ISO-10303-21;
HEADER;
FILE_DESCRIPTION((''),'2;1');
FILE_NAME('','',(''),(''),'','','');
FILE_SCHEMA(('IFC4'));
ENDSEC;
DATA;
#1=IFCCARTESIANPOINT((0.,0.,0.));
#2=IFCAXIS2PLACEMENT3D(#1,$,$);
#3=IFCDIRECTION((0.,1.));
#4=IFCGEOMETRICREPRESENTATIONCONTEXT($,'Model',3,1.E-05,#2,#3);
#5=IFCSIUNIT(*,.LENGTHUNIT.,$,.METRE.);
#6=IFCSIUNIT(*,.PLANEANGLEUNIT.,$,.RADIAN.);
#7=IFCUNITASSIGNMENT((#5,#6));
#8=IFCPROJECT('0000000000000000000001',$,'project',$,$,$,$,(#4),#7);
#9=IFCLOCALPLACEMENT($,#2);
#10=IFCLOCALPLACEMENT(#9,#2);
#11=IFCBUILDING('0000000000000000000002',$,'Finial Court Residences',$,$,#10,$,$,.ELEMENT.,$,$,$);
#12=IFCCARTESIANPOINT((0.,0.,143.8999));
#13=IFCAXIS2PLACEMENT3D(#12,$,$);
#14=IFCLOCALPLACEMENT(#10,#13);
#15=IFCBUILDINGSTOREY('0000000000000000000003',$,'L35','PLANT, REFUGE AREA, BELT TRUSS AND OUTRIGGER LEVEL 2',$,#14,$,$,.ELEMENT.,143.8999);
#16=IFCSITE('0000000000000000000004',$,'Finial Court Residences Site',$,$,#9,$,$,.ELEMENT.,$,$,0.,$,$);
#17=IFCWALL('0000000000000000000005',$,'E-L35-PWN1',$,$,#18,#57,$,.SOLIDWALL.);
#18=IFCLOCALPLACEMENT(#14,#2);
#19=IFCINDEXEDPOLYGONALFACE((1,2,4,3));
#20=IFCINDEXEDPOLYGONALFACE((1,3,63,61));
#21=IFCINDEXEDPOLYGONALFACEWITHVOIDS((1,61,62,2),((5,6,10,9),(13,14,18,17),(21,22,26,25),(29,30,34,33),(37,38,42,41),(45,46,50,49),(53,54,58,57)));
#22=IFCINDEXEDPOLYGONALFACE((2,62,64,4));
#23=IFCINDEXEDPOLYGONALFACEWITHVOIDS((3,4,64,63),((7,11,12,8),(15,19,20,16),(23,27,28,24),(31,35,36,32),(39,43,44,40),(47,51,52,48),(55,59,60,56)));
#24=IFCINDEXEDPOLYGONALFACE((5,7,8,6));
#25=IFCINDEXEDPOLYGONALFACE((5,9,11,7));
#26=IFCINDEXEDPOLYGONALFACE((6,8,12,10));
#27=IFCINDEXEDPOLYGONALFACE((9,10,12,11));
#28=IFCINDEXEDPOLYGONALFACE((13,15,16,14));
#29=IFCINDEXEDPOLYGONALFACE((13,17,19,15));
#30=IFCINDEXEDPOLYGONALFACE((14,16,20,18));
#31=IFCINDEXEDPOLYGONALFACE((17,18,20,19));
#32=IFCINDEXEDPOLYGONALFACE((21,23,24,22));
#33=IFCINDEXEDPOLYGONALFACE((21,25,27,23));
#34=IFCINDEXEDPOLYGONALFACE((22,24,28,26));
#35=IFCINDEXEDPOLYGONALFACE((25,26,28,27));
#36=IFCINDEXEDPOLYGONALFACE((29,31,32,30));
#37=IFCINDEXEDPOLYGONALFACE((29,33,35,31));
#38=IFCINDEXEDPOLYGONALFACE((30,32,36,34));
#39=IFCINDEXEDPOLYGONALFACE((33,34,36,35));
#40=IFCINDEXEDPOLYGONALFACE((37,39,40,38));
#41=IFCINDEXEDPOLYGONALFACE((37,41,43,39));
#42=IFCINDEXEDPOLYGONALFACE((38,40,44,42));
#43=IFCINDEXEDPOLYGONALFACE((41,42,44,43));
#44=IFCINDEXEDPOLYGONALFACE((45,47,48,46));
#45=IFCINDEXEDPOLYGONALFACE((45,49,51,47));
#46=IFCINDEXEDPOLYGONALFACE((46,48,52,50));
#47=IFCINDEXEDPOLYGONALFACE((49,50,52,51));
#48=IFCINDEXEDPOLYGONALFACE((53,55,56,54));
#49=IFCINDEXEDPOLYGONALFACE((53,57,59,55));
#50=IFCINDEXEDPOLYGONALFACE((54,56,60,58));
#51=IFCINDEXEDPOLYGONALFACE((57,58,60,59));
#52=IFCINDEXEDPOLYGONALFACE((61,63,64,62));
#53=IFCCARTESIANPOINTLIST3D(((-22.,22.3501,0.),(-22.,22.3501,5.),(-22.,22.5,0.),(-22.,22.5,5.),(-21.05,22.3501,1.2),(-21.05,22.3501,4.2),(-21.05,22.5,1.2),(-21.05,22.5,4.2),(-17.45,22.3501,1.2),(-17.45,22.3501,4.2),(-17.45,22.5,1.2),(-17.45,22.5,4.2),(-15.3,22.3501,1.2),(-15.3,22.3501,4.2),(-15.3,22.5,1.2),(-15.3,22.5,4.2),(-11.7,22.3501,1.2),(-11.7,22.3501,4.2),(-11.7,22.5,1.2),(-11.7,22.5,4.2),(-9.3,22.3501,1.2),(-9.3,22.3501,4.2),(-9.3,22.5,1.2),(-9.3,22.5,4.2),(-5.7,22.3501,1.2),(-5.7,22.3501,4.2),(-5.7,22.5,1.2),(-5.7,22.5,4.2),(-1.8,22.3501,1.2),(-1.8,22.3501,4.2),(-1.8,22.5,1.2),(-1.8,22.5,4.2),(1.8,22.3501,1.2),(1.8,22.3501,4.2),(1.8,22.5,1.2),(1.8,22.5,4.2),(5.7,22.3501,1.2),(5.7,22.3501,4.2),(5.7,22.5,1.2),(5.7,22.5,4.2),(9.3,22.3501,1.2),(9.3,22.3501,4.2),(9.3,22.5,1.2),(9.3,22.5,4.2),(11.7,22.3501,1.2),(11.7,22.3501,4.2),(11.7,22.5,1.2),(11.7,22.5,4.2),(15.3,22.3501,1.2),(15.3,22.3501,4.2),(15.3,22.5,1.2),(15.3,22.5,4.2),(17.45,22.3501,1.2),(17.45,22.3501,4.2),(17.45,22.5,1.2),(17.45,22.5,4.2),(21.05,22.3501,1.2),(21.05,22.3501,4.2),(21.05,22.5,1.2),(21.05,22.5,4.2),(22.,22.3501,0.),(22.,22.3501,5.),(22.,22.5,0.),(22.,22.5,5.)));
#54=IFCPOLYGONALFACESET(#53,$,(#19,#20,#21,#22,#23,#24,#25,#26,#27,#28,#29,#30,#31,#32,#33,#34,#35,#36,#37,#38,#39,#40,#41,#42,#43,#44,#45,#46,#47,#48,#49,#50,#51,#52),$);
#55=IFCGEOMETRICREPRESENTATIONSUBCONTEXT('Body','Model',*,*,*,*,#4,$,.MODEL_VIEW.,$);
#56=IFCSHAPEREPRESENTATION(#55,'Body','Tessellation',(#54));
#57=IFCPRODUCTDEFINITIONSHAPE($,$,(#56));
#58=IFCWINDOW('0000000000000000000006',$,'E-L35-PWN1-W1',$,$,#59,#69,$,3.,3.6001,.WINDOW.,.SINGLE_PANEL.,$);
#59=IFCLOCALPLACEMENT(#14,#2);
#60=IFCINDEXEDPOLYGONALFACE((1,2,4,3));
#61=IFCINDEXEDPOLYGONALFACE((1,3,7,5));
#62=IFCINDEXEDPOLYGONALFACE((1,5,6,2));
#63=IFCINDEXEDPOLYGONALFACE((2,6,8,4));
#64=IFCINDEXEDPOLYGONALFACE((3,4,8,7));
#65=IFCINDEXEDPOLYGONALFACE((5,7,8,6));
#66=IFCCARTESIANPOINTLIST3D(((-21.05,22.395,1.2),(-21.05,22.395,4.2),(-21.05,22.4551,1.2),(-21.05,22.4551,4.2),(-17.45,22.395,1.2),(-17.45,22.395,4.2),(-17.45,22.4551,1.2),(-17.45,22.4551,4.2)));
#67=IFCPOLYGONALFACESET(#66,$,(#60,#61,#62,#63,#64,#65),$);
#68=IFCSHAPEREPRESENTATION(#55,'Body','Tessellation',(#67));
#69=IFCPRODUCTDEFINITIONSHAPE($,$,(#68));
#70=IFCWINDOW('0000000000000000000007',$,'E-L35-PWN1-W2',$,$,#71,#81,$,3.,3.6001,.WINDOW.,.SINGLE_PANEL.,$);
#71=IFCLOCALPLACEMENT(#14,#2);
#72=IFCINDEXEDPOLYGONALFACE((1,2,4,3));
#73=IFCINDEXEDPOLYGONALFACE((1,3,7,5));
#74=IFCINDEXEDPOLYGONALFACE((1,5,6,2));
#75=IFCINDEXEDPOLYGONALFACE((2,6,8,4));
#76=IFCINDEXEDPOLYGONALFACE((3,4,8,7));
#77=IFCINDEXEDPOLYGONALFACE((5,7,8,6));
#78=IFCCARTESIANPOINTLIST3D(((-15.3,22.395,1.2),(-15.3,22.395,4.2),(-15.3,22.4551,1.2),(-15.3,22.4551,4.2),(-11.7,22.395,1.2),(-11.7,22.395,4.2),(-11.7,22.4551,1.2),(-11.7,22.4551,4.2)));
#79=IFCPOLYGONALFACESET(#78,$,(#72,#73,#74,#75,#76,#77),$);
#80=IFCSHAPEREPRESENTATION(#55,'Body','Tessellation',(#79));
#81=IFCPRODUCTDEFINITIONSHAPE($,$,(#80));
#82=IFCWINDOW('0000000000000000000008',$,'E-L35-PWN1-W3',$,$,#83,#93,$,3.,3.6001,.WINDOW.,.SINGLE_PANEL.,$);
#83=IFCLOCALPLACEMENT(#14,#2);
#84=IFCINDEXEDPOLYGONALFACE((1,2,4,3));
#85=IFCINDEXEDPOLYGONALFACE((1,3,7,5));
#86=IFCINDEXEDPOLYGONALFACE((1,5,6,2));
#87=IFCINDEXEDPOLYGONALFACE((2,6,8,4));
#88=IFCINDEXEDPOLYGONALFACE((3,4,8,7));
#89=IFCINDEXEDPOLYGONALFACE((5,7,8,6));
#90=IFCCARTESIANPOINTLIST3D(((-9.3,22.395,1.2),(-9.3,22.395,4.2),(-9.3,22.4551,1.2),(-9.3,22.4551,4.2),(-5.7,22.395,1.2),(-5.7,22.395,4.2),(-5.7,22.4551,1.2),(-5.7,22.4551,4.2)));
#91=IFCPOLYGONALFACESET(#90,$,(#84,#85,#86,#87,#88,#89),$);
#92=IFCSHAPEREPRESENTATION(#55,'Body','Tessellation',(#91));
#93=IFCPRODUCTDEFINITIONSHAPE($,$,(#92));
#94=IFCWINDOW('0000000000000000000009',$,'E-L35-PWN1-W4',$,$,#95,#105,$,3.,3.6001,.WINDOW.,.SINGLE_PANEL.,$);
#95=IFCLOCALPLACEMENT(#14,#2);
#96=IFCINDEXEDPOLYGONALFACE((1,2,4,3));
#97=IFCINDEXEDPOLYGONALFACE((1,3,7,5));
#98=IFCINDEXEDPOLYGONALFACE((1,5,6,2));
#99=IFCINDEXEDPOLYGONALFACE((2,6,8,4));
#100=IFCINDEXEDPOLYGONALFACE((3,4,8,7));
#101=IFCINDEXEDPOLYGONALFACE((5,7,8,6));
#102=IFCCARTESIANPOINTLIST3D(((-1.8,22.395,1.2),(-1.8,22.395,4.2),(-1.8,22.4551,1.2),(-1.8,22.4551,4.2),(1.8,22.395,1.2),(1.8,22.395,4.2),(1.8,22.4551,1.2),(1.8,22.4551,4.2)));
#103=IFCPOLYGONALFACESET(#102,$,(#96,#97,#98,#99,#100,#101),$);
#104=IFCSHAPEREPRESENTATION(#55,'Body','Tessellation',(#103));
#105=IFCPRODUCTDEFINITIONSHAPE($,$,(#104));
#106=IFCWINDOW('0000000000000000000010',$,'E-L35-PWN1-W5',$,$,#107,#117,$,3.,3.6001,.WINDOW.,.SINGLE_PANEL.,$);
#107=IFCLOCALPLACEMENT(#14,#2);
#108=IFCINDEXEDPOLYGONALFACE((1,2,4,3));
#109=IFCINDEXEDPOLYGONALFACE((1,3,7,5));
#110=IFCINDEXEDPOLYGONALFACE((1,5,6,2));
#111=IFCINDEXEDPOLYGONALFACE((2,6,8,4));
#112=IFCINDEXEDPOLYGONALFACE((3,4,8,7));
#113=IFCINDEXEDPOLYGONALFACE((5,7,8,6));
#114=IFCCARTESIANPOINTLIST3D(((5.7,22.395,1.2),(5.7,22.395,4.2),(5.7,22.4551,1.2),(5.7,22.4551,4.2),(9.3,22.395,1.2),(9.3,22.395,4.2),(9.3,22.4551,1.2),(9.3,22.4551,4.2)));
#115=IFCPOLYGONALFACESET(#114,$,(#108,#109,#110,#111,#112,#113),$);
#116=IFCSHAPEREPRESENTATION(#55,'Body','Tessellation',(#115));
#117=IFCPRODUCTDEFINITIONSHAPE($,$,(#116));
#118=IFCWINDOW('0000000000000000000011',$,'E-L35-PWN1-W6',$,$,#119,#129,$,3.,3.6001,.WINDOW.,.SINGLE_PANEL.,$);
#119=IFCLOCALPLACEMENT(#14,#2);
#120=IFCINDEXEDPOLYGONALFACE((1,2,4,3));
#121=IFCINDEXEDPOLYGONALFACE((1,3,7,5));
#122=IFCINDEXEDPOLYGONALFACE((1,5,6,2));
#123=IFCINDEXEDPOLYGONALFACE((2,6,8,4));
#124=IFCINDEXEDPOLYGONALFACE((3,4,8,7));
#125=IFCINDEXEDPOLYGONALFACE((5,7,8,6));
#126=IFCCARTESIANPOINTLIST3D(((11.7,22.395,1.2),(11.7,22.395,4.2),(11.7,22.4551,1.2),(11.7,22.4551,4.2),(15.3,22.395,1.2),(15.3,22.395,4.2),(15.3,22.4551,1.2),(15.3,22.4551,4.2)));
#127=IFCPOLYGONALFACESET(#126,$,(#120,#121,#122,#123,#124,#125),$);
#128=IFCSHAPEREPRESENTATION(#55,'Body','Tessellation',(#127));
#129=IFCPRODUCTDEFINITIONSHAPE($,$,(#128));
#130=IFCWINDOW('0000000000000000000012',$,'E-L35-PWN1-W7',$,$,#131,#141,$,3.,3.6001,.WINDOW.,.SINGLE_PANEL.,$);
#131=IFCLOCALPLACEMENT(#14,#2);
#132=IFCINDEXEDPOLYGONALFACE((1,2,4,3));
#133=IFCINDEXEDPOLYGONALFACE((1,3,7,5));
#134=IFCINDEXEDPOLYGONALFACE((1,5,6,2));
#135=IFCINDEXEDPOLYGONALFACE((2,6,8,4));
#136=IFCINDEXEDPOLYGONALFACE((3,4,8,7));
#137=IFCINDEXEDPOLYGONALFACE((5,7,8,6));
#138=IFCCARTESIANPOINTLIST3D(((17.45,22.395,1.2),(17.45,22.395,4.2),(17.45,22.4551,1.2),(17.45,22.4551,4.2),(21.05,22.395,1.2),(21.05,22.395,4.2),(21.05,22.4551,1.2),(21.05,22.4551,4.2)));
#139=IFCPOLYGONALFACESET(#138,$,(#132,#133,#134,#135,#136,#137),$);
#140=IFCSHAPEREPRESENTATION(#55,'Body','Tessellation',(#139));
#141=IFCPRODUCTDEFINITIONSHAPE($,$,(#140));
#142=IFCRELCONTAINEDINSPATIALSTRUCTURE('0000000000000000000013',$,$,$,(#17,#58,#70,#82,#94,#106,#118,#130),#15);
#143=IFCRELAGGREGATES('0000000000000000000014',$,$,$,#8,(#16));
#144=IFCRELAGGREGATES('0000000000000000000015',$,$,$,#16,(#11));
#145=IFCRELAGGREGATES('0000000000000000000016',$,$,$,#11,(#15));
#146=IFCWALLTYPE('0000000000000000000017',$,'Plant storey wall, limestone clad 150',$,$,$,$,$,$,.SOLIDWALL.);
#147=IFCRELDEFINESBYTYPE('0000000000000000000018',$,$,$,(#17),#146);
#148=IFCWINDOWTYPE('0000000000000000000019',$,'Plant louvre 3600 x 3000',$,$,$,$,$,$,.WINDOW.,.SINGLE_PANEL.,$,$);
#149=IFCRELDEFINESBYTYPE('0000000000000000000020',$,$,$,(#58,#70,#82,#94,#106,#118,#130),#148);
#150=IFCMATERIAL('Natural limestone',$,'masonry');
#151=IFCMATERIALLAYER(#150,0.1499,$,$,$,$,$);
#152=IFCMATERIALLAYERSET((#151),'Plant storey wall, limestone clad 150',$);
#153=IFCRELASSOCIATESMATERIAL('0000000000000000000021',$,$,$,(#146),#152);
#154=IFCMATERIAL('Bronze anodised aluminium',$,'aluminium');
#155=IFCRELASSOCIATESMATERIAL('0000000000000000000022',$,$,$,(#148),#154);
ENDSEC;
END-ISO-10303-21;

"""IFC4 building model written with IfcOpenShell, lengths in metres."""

from ifc_helpers import new_model, si_unit, direction, frame, frame_2d, origin, place, context, subcontext, project, spatial, rectangle, extrude, material, layer, layer_set, type_object, element, fill, save


model = new_model("IFC4")

# Units and contexts
model_context = context("Model", 3, precision=1e-05, world=origin(), true_north=direction((0.0, 1.0)))
body_context = subcontext(model_context, "Body", "Model", "MODEL_VIEW")
ifc_project = project(units=[si_unit("LENGTHUNIT", "METRE"), si_unit("PLANEANGLEUNIT", "RADIAN")], contexts=[model_context])

# Site, building, storey
site_placement = place(None, origin())
site = spatial("IfcSite", under=ifc_project, at=site_placement, Name="Finial Court Residences Site", CompositionType="ELEMENT", RefElevation=0.0)
building_placement = place(site_placement, origin())
building = spatial("IfcBuilding", under=site, at=building_placement, Name="Finial Court Residences", CompositionType="ELEMENT")
storey_placement = place(building_placement, frame((0.0, 0.0, 143.8999)))
storey = spatial("IfcBuildingStorey", under=building, at=storey_placement, Name="L35", Description="PLANT, REFUGE AREA, BELT TRUSS AND OUTRIGGER LEVEL 2", CompositionType="ELEMENT", Elevation=143.8999)

# Wall, openings, windows
ifc_material_1 = material(Name="Natural limestone", Category="masonry")
ifc_layer_1 = layer(ifc_material_1, 0.1499)
ifc_layer_set_1 = layer_set([ifc_layer_1], Name="Plant storey wall, limestone clad 150")
wall_type_1 = type_object("IfcWallType", Name="Plant storey wall, limestone clad 150", PredefinedType="SOLIDWALL", material=ifc_layer_set_1)
wall_1_placement = place(storey_placement, frame((-22.0, 22.425, 0.0), z_axis=(0.0, 0.0, 1.0), x_axis=(1.0, 0.0, 0.0)))
wall_1 = element("IfcWall", 1, at=wall_1_placement, inside=storey, type_object=wall_type_1, Name="E-L35-PWN1", PredefinedType="SOLIDWALL", context=body_context, shape_type="SweptSolid", body=[
    extrude(rectangle(XDim=44.0, YDim=0.1499, at=frame_2d((22.0, 0.0))), origin(), (0.0, 0.0, 1.0), 5.0),
])
opening_1_placement = place(wall_1_placement, frame((0.95, 0.0, 1.2)))
opening_1 = element("IfcOpeningElement", 2, at=opening_1_placement, cuts=wall_1, PredefinedType="OPENING", context=body_context, shape_type="SweptSolid", body=[
    extrude(rectangle(XDim=3.6001, YDim=3.0, at=frame_2d((1.8, 1.5))), frame((0.0, 0.085, 0.0), z_axis=(0.0, -1.0, 0.0), x_axis=(1.0, 0.0, 0.0)), (0.0, 0.0, 1.0), 0.1699),
])
opening_2_placement = place(wall_1_placement, frame((6.7, 0.0, 1.2)))
opening_2 = element("IfcOpeningElement", 3, at=opening_2_placement, cuts=wall_1, PredefinedType="OPENING", context=body_context, shape_type="SweptSolid", body=[
    extrude(rectangle(XDim=3.6001, YDim=3.0, at=frame_2d((1.8, 1.5))), frame((0.0, 0.085, 0.0), z_axis=(0.0, -1.0, 0.0), x_axis=(1.0, 0.0, 0.0)), (0.0, 0.0, 1.0), 0.1699),
])
opening_3_placement = place(wall_1_placement, frame((12.7, 0.0, 1.2)))
opening_3 = element("IfcOpeningElement", 4, at=opening_3_placement, cuts=wall_1, PredefinedType="OPENING", context=body_context, shape_type="SweptSolid", body=[
    extrude(rectangle(XDim=3.6001, YDim=3.0, at=frame_2d((1.8, 1.5))), frame((0.0, 0.085, 0.0), z_axis=(0.0, -1.0, 0.0), x_axis=(1.0, 0.0, 0.0)), (0.0, 0.0, 1.0), 0.1699),
])
opening_4_placement = place(wall_1_placement, frame((20.2, 0.0, 1.2)))
opening_4 = element("IfcOpeningElement", 5, at=opening_4_placement, cuts=wall_1, PredefinedType="OPENING", context=body_context, shape_type="SweptSolid", body=[
    extrude(rectangle(XDim=3.6001, YDim=3.0, at=frame_2d((1.8, 1.5))), frame((0.0, 0.085, 0.0), z_axis=(0.0, -1.0, 0.0), x_axis=(1.0, 0.0, 0.0)), (0.0, 0.0, 1.0), 0.1699),
])
opening_5_placement = place(wall_1_placement, frame((27.7, 0.0, 1.2)))
opening_5 = element("IfcOpeningElement", 6, at=opening_5_placement, cuts=wall_1, PredefinedType="OPENING", context=body_context, shape_type="SweptSolid", body=[
    extrude(rectangle(XDim=3.6001, YDim=3.0, at=frame_2d((1.8, 1.5))), frame((0.0, 0.085, 0.0), z_axis=(0.0, -1.0, 0.0), x_axis=(1.0, 0.0, 0.0)), (0.0, 0.0, 1.0), 0.1699),
])
opening_6_placement = place(wall_1_placement, frame((33.7, 0.0, 1.2)))
opening_6 = element("IfcOpeningElement", 7, at=opening_6_placement, cuts=wall_1, PredefinedType="OPENING", context=body_context, shape_type="SweptSolid", body=[
    extrude(rectangle(XDim=3.6001, YDim=3.0, at=frame_2d((1.8, 1.5))), frame((0.0, 0.085, 0.0), z_axis=(0.0, -1.0, 0.0), x_axis=(1.0, 0.0, 0.0)), (0.0, 0.0, 1.0), 0.1699),
])
opening_7_placement = place(wall_1_placement, frame((39.45, 0.0, 1.2)))
opening_7 = element("IfcOpeningElement", 8, at=opening_7_placement, cuts=wall_1, PredefinedType="OPENING", context=body_context, shape_type="SweptSolid", body=[
    extrude(rectangle(XDim=3.6001, YDim=3.0, at=frame_2d((1.8, 1.5))), frame((0.0, 0.085, 0.0), z_axis=(0.0, -1.0, 0.0), x_axis=(1.0, 0.0, 0.0)), (0.0, 0.0, 1.0), 0.1699),
])
ifc_material_2 = material(Name="Bronze anodised aluminium", Category="aluminium")
window_type_1 = type_object("IfcWindowType", Name="Plant louvre 3600 x 3000", PartitioningType="SINGLE_PANEL", PredefinedType="WINDOW", material=ifc_material_2)
window_1_placement = place(opening_1_placement, origin())
window_1 = element("IfcWindow", 9, at=window_1_placement, inside=storey, type_object=window_type_1, Name="E-L35-PWN1-W1", OverallHeight=3.0, OverallWidth=3.6001, PartitioningType="SINGLE_PANEL", PredefinedType="WINDOW", context=body_context, shape_type="SweptSolid", body=[
    extrude(rectangle(XDim=3.6001, YDim=3.0, at=frame_2d((1.8, 1.5))), frame((0.0, 0.03, 0.0), z_axis=(0.0, -1.0, 0.0), x_axis=(1.0, 0.0, 0.0)), (0.0, 0.0, 1.0), 0.0601),
])
fill(opening_1, window_1)
window_2_placement = place(opening_2_placement, origin())
window_2 = element("IfcWindow", 10, at=window_2_placement, inside=storey, type_object=window_type_1, Name="E-L35-PWN1-W2", OverallHeight=3.0, OverallWidth=3.6001, PartitioningType="SINGLE_PANEL", PredefinedType="WINDOW", context=body_context, shape_type="SweptSolid", body=[
    extrude(rectangle(XDim=3.6001, YDim=3.0, at=frame_2d((1.8, 1.5))), frame((0.0, 0.03, 0.0), z_axis=(0.0, -1.0, 0.0), x_axis=(1.0, 0.0, 0.0)), (0.0, 0.0, 1.0), 0.0601),
])
fill(opening_2, window_2)
window_3_placement = place(opening_3_placement, origin())
window_3 = element("IfcWindow", 11, at=window_3_placement, inside=storey, type_object=window_type_1, Name="E-L35-PWN1-W3", OverallHeight=3.0, OverallWidth=3.6001, PartitioningType="SINGLE_PANEL", PredefinedType="WINDOW", context=body_context, shape_type="SweptSolid", body=[
    extrude(rectangle(XDim=3.6001, YDim=3.0, at=frame_2d((1.8, 1.5))), frame((0.0, 0.03, 0.0), z_axis=(0.0, -1.0, 0.0), x_axis=(1.0, 0.0, 0.0)), (0.0, 0.0, 1.0), 0.0601),
])
fill(opening_3, window_3)
window_4_placement = place(opening_4_placement, origin())
window_4 = element("IfcWindow", 12, at=window_4_placement, inside=storey, type_object=window_type_1, Name="E-L35-PWN1-W4", OverallHeight=3.0, OverallWidth=3.6001, PartitioningType="SINGLE_PANEL", PredefinedType="WINDOW", context=body_context, shape_type="SweptSolid", body=[
    extrude(rectangle(XDim=3.6001, YDim=3.0, at=frame_2d((1.8, 1.5))), frame((0.0, 0.03, 0.0), z_axis=(0.0, -1.0, 0.0), x_axis=(1.0, 0.0, 0.0)), (0.0, 0.0, 1.0), 0.0601),
])
fill(opening_4, window_4)
window_5_placement = place(opening_5_placement, origin())
window_5 = element("IfcWindow", 13, at=window_5_placement, inside=storey, type_object=window_type_1, Name="E-L35-PWN1-W5", OverallHeight=3.0, OverallWidth=3.6001, PartitioningType="SINGLE_PANEL", PredefinedType="WINDOW", context=body_context, shape_type="SweptSolid", body=[
    extrude(rectangle(XDim=3.6001, YDim=3.0, at=frame_2d((1.8, 1.5))), frame((0.0, 0.03, 0.0), z_axis=(0.0, -1.0, 0.0), x_axis=(1.0, 0.0, 0.0)), (0.0, 0.0, 1.0), 0.0601),
])
fill(opening_5, window_5)
window_6_placement = place(opening_6_placement, origin())
window_6 = element("IfcWindow", 14, at=window_6_placement, inside=storey, type_object=window_type_1, Name="E-L35-PWN1-W6", OverallHeight=3.0, OverallWidth=3.6001, PartitioningType="SINGLE_PANEL", PredefinedType="WINDOW", context=body_context, shape_type="SweptSolid", body=[
    extrude(rectangle(XDim=3.6001, YDim=3.0, at=frame_2d((1.8, 1.5))), frame((0.0, 0.03, 0.0), z_axis=(0.0, -1.0, 0.0), x_axis=(1.0, 0.0, 0.0)), (0.0, 0.0, 1.0), 0.0601),
])
fill(opening_6, window_6)
window_7_placement = place(opening_7_placement, origin())
window_7 = element("IfcWindow", 15, at=window_7_placement, inside=storey, type_object=window_type_1, Name="E-L35-PWN1-W7", OverallHeight=3.0, OverallWidth=3.6001, PartitioningType="SINGLE_PANEL", PredefinedType="WINDOW", context=body_context, shape_type="SweptSolid", body=[
    extrude(rectangle(XDim=3.6001, YDim=3.0, at=frame_2d((1.8, 1.5))), frame((0.0, 0.03, 0.0), z_axis=(0.0, -1.0, 0.0), x_axis=(1.0, 0.0, 0.0)), (0.0, 0.0, 1.0), 0.0601),
])
fill(opening_7, window_7)

save(model, "model.ifc")
